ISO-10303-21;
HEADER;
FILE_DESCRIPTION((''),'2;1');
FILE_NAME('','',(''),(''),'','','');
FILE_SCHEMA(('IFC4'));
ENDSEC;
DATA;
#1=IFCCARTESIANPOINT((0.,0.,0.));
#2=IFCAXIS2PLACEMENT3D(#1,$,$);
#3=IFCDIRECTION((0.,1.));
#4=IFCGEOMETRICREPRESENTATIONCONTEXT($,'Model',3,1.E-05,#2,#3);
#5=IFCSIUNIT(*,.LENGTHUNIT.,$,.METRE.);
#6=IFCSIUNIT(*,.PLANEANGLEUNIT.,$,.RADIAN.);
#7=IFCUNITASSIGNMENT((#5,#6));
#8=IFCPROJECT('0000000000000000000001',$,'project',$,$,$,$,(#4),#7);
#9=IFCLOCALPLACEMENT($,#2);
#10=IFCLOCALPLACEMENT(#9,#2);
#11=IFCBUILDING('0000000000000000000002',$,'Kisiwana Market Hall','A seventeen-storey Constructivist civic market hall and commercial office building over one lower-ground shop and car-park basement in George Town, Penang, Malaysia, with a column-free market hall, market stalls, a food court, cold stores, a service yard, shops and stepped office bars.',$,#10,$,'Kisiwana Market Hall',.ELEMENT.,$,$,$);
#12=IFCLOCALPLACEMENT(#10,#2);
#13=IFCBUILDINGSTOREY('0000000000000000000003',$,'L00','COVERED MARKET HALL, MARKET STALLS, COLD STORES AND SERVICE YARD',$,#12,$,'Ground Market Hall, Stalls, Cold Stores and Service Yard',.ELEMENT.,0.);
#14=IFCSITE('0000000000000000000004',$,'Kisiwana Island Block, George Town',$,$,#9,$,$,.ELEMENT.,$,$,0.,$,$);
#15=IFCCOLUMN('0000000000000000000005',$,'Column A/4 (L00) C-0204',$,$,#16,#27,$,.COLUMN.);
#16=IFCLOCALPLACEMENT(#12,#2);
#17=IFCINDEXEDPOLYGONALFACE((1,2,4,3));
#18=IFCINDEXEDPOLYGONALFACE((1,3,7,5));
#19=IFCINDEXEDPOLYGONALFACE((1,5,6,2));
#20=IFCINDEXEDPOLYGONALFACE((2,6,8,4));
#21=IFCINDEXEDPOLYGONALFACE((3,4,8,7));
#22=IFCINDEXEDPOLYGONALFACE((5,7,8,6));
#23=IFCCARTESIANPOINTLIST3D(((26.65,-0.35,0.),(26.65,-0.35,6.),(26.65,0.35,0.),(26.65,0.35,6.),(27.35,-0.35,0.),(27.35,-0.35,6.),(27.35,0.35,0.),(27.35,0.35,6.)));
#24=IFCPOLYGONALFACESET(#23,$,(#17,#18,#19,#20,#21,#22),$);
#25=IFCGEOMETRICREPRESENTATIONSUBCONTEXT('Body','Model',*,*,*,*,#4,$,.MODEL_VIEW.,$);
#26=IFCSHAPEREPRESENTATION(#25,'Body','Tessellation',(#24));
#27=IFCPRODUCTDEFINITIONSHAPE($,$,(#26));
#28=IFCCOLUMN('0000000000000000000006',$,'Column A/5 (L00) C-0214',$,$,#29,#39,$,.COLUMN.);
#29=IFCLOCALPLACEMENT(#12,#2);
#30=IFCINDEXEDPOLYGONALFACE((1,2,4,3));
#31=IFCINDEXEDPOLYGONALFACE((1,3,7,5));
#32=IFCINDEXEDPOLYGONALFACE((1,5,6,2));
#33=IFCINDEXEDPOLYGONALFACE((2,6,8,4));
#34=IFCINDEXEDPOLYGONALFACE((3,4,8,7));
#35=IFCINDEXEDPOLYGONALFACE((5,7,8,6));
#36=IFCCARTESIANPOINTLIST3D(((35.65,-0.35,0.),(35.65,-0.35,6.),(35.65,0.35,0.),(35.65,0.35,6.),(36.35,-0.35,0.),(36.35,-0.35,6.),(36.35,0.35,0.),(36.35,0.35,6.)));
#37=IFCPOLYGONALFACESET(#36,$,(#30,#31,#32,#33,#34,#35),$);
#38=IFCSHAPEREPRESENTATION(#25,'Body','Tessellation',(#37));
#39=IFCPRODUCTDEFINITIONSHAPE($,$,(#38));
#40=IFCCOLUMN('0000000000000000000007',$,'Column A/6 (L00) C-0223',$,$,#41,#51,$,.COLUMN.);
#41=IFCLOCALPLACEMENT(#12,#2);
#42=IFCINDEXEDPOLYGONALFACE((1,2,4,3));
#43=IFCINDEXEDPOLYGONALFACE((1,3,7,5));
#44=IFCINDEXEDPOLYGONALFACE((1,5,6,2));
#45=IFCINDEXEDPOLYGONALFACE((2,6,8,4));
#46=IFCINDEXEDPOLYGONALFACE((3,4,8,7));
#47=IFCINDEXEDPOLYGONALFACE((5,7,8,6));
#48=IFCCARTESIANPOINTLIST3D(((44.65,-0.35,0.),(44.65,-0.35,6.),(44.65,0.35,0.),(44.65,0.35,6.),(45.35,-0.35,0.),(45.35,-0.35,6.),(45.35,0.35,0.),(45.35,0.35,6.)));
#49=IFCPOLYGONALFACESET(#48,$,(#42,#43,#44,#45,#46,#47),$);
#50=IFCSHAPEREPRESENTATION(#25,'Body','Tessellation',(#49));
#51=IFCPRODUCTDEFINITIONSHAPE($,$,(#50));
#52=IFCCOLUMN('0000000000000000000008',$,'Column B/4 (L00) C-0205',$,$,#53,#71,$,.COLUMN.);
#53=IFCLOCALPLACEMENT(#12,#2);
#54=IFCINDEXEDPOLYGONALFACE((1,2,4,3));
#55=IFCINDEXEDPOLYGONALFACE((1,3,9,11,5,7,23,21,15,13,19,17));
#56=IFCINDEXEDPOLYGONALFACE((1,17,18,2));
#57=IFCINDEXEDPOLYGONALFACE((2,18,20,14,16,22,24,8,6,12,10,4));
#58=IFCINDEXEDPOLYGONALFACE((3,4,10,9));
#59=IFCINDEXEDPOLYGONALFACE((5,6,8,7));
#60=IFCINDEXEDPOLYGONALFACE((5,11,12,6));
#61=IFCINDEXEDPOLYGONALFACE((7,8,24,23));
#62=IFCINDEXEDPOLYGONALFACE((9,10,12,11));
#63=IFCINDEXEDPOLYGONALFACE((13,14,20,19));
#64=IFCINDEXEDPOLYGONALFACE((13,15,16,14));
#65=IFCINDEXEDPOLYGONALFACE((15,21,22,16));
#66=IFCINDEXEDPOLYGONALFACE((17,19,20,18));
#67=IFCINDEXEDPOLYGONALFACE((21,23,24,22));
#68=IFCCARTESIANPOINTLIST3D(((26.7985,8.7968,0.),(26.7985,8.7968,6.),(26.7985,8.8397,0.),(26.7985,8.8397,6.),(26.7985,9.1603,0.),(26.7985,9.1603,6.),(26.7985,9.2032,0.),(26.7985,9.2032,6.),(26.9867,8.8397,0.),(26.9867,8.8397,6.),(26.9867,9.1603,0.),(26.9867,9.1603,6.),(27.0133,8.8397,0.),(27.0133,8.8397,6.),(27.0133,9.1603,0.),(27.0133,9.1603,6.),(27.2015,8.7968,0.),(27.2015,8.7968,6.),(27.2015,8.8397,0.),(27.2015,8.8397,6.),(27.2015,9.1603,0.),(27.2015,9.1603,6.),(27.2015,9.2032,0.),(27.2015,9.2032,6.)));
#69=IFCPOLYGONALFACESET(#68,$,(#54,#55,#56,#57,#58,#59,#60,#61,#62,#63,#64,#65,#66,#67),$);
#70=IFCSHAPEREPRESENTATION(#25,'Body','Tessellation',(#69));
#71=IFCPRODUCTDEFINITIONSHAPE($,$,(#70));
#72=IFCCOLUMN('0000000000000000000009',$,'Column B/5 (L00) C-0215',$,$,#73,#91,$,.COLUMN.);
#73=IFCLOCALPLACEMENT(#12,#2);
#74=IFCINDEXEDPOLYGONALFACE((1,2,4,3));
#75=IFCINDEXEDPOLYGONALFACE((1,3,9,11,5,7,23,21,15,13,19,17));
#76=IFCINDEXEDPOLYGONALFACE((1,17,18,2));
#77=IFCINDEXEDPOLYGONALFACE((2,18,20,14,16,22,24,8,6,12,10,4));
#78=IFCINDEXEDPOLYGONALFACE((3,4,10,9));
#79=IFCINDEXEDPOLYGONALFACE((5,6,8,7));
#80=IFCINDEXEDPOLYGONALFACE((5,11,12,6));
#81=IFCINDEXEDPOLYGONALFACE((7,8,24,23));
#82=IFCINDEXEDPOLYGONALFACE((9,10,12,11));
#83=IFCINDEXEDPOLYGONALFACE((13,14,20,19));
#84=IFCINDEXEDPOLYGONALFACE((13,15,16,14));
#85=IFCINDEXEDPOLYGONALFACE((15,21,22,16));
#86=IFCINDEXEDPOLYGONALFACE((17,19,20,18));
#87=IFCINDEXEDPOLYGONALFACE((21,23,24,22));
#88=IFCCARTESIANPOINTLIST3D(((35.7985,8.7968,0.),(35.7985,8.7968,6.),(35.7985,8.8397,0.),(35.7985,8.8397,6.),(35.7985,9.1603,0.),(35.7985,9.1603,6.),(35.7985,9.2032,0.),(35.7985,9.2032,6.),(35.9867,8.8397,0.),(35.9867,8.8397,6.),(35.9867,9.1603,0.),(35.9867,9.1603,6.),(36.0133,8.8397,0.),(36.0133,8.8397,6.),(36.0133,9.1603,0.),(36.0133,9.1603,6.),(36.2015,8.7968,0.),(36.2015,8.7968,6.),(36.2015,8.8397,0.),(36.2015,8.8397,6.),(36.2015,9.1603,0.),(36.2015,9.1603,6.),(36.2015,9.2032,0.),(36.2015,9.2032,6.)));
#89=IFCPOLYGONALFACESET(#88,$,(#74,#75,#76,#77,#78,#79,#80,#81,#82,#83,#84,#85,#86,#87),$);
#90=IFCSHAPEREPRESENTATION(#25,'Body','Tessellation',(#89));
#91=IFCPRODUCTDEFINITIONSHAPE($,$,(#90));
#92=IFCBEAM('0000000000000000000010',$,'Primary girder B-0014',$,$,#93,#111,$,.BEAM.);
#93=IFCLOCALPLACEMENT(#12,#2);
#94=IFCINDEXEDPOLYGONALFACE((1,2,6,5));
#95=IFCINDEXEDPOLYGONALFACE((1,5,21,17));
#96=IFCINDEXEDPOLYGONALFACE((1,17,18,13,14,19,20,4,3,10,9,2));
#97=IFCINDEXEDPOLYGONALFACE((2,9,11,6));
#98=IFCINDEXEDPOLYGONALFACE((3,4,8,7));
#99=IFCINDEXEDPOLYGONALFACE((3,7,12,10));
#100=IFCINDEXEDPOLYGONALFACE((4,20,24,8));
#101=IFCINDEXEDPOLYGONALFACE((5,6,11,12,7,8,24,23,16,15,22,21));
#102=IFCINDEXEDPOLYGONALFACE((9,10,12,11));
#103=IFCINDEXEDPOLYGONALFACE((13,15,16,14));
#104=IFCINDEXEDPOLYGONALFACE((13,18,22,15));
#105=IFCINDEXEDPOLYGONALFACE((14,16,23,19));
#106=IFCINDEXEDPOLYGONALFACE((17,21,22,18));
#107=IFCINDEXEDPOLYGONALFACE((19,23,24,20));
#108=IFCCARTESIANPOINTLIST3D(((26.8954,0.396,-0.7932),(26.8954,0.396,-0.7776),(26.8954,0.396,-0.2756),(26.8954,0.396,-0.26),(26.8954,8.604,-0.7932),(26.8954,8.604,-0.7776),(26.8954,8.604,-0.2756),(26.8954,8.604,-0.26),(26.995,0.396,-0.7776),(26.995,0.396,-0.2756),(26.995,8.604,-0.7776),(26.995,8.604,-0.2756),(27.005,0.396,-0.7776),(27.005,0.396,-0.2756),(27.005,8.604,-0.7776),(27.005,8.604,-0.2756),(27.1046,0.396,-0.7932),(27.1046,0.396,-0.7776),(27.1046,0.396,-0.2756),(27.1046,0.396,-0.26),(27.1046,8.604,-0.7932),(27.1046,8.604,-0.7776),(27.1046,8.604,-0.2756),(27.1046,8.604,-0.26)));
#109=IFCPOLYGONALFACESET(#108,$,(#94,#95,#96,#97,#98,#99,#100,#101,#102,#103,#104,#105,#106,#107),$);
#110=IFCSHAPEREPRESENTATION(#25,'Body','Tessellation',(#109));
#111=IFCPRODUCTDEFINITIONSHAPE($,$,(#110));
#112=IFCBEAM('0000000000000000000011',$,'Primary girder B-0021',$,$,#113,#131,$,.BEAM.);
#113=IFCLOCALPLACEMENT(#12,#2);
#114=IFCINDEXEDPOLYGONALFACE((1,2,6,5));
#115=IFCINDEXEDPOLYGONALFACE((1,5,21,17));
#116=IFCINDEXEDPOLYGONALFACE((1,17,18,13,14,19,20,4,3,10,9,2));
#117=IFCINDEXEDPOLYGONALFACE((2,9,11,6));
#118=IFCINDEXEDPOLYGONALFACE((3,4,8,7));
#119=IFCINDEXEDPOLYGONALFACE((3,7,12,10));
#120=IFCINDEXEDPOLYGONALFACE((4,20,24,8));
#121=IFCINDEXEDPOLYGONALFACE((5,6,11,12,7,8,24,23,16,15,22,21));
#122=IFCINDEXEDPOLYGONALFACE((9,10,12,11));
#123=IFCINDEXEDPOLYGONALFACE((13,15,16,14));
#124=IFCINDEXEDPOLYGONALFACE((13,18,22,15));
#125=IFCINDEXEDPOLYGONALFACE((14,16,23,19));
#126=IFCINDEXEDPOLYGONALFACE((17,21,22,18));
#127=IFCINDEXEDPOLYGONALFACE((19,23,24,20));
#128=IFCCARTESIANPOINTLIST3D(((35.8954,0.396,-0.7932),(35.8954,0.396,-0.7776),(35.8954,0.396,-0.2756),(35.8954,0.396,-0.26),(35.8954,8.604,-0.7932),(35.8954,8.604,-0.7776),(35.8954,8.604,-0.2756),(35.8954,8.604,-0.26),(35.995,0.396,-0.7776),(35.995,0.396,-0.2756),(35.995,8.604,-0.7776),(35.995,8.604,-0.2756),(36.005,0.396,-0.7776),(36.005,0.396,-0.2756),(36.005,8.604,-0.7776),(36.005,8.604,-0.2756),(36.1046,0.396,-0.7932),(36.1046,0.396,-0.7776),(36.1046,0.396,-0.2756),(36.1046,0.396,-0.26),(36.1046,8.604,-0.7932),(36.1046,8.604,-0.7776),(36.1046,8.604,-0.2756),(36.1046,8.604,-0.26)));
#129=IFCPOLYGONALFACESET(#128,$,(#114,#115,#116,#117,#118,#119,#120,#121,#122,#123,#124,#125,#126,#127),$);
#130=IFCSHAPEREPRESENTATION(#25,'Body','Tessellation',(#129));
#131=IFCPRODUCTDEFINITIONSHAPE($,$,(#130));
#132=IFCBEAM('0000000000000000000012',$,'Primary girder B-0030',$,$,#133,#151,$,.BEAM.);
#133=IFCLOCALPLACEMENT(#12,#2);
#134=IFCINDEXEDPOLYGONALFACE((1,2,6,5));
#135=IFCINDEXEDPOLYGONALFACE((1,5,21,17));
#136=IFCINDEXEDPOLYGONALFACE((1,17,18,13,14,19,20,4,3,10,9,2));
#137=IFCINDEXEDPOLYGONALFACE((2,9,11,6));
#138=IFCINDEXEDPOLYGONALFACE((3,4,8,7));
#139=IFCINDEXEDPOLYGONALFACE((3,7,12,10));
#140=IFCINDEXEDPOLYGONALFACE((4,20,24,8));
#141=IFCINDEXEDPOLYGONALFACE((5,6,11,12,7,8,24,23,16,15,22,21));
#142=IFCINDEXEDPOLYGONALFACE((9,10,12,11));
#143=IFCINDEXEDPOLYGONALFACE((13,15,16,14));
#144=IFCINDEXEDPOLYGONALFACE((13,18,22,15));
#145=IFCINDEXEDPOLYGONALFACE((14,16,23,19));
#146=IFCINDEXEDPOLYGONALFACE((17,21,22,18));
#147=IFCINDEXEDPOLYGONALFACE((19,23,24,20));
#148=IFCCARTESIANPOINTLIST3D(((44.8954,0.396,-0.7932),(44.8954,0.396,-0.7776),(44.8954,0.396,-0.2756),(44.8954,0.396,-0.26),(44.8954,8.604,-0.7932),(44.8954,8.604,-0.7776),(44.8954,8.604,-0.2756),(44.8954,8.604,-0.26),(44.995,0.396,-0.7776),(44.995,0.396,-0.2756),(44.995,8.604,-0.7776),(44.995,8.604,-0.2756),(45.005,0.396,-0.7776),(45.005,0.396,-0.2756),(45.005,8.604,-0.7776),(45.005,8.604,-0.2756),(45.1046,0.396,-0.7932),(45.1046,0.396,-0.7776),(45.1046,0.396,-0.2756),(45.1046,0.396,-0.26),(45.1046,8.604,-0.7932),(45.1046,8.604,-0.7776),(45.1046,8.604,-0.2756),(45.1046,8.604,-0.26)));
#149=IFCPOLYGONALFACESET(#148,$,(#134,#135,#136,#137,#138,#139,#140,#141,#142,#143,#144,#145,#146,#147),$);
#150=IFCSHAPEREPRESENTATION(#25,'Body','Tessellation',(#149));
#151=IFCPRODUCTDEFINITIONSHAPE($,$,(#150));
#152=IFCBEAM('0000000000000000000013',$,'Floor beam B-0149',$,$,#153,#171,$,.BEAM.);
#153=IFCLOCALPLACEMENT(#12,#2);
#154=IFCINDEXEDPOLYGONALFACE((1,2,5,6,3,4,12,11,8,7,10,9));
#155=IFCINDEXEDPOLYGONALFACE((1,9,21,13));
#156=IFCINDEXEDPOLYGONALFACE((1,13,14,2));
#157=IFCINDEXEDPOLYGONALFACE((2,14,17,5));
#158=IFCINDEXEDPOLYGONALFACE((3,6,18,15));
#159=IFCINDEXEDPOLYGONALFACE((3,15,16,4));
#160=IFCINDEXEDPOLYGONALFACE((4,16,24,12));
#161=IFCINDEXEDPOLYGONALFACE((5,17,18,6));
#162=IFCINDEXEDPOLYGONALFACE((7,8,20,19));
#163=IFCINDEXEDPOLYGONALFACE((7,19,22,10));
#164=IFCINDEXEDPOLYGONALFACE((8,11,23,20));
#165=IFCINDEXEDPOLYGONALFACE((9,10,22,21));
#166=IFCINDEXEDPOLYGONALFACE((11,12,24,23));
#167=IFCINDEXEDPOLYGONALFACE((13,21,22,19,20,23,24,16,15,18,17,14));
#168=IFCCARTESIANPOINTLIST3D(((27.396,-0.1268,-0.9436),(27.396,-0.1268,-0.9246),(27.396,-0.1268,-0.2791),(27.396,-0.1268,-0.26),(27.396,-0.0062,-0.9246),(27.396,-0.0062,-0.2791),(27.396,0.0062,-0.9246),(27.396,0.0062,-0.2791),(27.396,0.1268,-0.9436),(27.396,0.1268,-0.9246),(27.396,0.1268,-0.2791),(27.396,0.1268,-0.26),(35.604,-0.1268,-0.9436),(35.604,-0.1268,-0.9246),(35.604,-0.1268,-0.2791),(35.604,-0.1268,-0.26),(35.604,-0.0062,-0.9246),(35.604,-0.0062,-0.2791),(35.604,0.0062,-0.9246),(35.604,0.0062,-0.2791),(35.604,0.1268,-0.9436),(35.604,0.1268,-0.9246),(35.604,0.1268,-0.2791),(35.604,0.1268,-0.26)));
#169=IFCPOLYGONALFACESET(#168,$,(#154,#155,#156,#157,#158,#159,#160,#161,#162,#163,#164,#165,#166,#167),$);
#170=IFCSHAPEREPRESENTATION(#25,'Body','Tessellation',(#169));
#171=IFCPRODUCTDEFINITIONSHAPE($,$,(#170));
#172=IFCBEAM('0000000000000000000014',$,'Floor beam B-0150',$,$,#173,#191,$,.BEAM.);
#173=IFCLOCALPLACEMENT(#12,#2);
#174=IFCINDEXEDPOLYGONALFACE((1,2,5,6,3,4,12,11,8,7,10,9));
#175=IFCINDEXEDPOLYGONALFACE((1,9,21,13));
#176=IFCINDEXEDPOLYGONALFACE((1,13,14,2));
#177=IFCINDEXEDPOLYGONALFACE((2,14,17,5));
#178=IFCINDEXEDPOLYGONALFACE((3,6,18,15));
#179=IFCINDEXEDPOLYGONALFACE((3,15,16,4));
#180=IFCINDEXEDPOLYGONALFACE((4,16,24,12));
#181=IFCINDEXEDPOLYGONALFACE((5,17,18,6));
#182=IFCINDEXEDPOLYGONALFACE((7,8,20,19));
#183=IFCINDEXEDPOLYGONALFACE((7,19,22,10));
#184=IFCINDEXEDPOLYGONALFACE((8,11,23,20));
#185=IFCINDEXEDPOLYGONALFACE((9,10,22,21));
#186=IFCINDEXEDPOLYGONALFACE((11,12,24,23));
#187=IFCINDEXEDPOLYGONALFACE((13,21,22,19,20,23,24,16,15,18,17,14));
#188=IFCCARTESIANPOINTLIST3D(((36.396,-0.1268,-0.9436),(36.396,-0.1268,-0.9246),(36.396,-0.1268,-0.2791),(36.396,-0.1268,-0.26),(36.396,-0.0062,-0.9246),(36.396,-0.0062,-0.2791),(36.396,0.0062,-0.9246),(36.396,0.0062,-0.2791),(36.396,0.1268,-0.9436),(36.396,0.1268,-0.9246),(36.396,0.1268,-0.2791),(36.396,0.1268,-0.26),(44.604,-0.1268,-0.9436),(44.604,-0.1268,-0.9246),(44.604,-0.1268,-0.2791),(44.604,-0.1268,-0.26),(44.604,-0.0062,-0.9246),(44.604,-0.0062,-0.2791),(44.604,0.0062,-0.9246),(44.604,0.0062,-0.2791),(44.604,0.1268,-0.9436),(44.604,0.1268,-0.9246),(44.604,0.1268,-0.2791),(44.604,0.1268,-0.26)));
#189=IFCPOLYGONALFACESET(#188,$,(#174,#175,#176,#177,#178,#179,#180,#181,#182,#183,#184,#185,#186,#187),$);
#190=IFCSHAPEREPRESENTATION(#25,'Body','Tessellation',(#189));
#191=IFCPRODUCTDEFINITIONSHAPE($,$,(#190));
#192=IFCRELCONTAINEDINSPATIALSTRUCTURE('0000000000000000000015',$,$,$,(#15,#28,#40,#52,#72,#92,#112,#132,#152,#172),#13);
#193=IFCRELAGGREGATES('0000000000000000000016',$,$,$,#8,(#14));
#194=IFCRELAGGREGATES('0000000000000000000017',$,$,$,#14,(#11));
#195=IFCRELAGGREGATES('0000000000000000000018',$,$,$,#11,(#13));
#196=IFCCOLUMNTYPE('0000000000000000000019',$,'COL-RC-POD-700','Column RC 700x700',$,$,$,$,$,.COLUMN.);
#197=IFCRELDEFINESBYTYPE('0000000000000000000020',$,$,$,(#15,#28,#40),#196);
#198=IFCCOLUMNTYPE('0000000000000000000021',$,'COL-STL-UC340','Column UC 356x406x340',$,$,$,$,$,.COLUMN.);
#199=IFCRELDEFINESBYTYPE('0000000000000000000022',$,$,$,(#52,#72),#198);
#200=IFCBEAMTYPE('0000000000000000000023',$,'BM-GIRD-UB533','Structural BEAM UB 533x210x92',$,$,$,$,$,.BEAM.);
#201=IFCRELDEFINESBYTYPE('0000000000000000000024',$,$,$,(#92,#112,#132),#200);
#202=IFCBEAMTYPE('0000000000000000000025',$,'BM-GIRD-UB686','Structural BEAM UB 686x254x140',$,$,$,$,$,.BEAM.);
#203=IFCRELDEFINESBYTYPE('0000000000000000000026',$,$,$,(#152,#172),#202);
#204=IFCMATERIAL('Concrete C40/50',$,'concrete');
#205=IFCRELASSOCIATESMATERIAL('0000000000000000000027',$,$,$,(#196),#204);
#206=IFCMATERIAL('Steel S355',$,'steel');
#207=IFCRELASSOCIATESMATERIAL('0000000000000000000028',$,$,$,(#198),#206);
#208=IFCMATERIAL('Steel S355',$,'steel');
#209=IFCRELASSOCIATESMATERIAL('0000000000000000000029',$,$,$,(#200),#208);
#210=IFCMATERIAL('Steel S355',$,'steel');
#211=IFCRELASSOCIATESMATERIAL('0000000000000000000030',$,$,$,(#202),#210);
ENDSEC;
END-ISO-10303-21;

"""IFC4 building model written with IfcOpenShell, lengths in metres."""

from ifc_helpers import new_model, si_unit, direction, frame, origin, origin_2d, place, context, subcontext, project, spatial, rectangle, i_section, extrude, material, material_profile, profile_set, type_object, element, save


model = new_model("IFC4")

# Units and contexts
model_context = context("Model", 3, precision=1e-05, world=origin(), true_north=direction((0.0, 1.0)))
body_context = subcontext(model_context, "Body", "Model", "MODEL_VIEW")
ifc_project = project(units=[si_unit("LENGTHUNIT", "METRE"), si_unit("PLANEANGLEUNIT", "RADIAN")], contexts=[model_context])

# Site, building, storey
site_placement = place(None, origin())
site = spatial("IfcSite", under=ifc_project, at=site_placement, Name="Kisiwana Island Block, George Town", CompositionType="ELEMENT", RefElevation=0.0)
building_placement = place(site_placement, origin())
building = spatial("IfcBuilding", under=site, at=building_placement, Name="Kisiwana Market Hall", Description="A seventeen-storey Constructivist civic market hall and commercial office building over one lower-ground shop and car-park basement in George Town, Penang, Malaysia, with a column-free market hall, market stalls, a food court, cold stores, a service yard, shops and stepped office bars.", LongName="Kisiwana Market Hall", CompositionType="ELEMENT")
storey_placement = place(building_placement, origin())
storey = spatial("IfcBuildingStorey", under=building, at=storey_placement, Name="L00", Description="COVERED MARKET HALL, MARKET STALLS, COLD STORES AND SERVICE YARD", LongName="Ground Market Hall, Stalls, Cold Stores and Service Yard", CompositionType="ELEMENT", Elevation=0.0)

# Columns
ifc_material_1 = material(Name="Concrete C40/50", Category="concrete")
ifc_material_profile_1 = material_profile(ifc_material_1, rectangle(XDim=0.7, YDim=0.7, at=origin_2d()), Name="RC 700x700")
ifc_profile_set_1 = profile_set([ifc_material_profile_1], Name="Concrete C40/50")
column_type_1 = type_object("IfcColumnType", Name="COL-RC-POD-700", Description="Column RC 700x700", PredefinedType="COLUMN", material=ifc_profile_set_1)
for number, where, z_axis, x_axis, name in (
    (1, (27.0, 0.0, 0.0), (0.0, 0.0, 1.0), (1.0, 0.0, 0.0), "Column A/4 (L00) C-0204"),
    (2, (36.0, 0.0, 0.0), (0.0, 0.0, 1.0), (1.0, 0.0, 0.0), "Column A/5 (L00) C-0214"),
    (3, (45.0, 0.0, 0.0), (0.0, 0.0, 1.0), (1.0, 0.0, 0.0), "Column A/6 (L00) C-0223"),
):
    element("IfcColumn", number, at=place(storey_placement, frame(where, z_axis=z_axis, x_axis=x_axis)), inside=storey, type_object=column_type_1, Name=name, PredefinedType="COLUMN", context=body_context, shape_type="SweptSolid", body=[
        extrude(rectangle(XDim=0.7, YDim=0.7, at=origin_2d()), origin(), (0.0, 0.0, 1.0), 6.0),
    ])
ifc_material_2 = material(Name="Steel S355", Category="steel")
ifc_material_profile_2 = material_profile(ifc_material_2, i_section(OverallWidth=0.4031, OverallDepth=0.4065, WebThickness=0.0266, FlangeThickness=0.043, at=origin_2d()), Name="UC 356x406x340")
ifc_profile_set_2 = profile_set([ifc_material_profile_2], Name="Steel S355")
column_type_2 = type_object("IfcColumnType", Name="COL-STL-UC340", Description="Column UC 356x406x340", PredefinedType="COLUMN", material=ifc_profile_set_2)
for number, where, z_axis, x_axis, name in (
    (4, (27.0, 9.0, 0.0), (0.0, 0.0, 1.0), (1.0, 0.0, 0.0), "Column B/4 (L00) C-0205"),
    (5, (36.0, 9.0, 0.0), (0.0, 0.0, 1.0), (1.0, 0.0, 0.0), "Column B/5 (L00) C-0215"),
):
    element("IfcColumn", number, at=place(storey_placement, frame(where, z_axis=z_axis, x_axis=x_axis)), inside=storey, type_object=column_type_2, Name=name, PredefinedType="COLUMN", context=body_context, shape_type="SweptSolid", body=[
        extrude(i_section(OverallWidth=0.4031, OverallDepth=0.4065, WebThickness=0.0266, FlangeThickness=0.043, at=origin_2d()), origin(), (0.0, 0.0, 1.0), 6.0),
    ])

# Beams
ifc_material_3 = material(Name="Steel S355", Category="steel")
ifc_material_profile_3 = material_profile(ifc_material_3, i_section(OverallWidth=0.2092, OverallDepth=0.5332, WebThickness=0.01, FlangeThickness=0.0156, at=origin_2d()), Name="UB 533x210x92")
ifc_profile_set_3 = profile_set([ifc_material_profile_3], Name="Steel S355")
beam_type_1 = type_object("IfcBeamType", Name="BM-GIRD-UB533", Description="Structural BEAM UB 533x210x92", PredefinedType="BEAM", material=ifc_profile_set_3)
for number, where, z_axis, x_axis, name in (
    (6, (27.0, 0.396, -0.5266), (0.0, 1.0, 0.0), (-1.0, 0.0, 0.0), "Primary girder B-0014"),
    (7, (36.0, 0.396, -0.5266), (0.0, 1.0, 0.0), (-1.0, 0.0, 0.0), "Primary girder B-0021"),
    (8, (45.0, 0.396, -0.5266), (0.0, 1.0, 0.0), (-1.0, 0.0, 0.0), "Primary girder B-0030"),
):
    element("IfcBeam", number, at=place(storey_placement, frame(where, z_axis=z_axis, x_axis=x_axis)), inside=storey, type_object=beam_type_1, Name=name, PredefinedType="BEAM", context=body_context, shape_type="SweptSolid", body=[
        extrude(i_section(OverallWidth=0.2092, OverallDepth=0.5332, WebThickness=0.01, FlangeThickness=0.0156, at=origin_2d()), origin(), (0.0, 0.0, 1.0), 8.208),
    ])
ifc_material_4 = material(Name="Steel S355", Category="steel")
ifc_material_profile_4 = material_profile(ifc_material_4, i_section(OverallWidth=0.2537, OverallDepth=0.6836, WebThickness=0.0125, FlangeThickness=0.019, at=origin_2d()), Name="UB 686x254x140")
ifc_profile_set_4 = profile_set([ifc_material_profile_4], Name="Steel S355")
beam_type_2 = type_object("IfcBeamType", Name="BM-GIRD-UB686", Description="Structural BEAM UB 686x254x140", PredefinedType="BEAM", material=ifc_profile_set_4)
for number, where, z_axis, x_axis, name in (
    (9, (27.396, 0.0, -0.6018), (1.0, 0.0, 0.0), (0.0, 1.0, 0.0), "Floor beam B-0149"),
    (10, (36.396, 0.0, -0.6018), (1.0, 0.0, 0.0), (0.0, 1.0, 0.0), "Floor beam B-0150"),
):
    element("IfcBeam", number, at=place(storey_placement, frame(where, z_axis=z_axis, x_axis=x_axis)), inside=storey, type_object=beam_type_2, Name=name, PredefinedType="BEAM", context=body_context, shape_type="SweptSolid", body=[
        extrude(i_section(OverallWidth=0.2537, OverallDepth=0.6836, WebThickness=0.0125, FlangeThickness=0.019, at=origin_2d()), origin(), (0.0, 0.0, 1.0), 8.208),
    ])

save(model, "model.ifc")
